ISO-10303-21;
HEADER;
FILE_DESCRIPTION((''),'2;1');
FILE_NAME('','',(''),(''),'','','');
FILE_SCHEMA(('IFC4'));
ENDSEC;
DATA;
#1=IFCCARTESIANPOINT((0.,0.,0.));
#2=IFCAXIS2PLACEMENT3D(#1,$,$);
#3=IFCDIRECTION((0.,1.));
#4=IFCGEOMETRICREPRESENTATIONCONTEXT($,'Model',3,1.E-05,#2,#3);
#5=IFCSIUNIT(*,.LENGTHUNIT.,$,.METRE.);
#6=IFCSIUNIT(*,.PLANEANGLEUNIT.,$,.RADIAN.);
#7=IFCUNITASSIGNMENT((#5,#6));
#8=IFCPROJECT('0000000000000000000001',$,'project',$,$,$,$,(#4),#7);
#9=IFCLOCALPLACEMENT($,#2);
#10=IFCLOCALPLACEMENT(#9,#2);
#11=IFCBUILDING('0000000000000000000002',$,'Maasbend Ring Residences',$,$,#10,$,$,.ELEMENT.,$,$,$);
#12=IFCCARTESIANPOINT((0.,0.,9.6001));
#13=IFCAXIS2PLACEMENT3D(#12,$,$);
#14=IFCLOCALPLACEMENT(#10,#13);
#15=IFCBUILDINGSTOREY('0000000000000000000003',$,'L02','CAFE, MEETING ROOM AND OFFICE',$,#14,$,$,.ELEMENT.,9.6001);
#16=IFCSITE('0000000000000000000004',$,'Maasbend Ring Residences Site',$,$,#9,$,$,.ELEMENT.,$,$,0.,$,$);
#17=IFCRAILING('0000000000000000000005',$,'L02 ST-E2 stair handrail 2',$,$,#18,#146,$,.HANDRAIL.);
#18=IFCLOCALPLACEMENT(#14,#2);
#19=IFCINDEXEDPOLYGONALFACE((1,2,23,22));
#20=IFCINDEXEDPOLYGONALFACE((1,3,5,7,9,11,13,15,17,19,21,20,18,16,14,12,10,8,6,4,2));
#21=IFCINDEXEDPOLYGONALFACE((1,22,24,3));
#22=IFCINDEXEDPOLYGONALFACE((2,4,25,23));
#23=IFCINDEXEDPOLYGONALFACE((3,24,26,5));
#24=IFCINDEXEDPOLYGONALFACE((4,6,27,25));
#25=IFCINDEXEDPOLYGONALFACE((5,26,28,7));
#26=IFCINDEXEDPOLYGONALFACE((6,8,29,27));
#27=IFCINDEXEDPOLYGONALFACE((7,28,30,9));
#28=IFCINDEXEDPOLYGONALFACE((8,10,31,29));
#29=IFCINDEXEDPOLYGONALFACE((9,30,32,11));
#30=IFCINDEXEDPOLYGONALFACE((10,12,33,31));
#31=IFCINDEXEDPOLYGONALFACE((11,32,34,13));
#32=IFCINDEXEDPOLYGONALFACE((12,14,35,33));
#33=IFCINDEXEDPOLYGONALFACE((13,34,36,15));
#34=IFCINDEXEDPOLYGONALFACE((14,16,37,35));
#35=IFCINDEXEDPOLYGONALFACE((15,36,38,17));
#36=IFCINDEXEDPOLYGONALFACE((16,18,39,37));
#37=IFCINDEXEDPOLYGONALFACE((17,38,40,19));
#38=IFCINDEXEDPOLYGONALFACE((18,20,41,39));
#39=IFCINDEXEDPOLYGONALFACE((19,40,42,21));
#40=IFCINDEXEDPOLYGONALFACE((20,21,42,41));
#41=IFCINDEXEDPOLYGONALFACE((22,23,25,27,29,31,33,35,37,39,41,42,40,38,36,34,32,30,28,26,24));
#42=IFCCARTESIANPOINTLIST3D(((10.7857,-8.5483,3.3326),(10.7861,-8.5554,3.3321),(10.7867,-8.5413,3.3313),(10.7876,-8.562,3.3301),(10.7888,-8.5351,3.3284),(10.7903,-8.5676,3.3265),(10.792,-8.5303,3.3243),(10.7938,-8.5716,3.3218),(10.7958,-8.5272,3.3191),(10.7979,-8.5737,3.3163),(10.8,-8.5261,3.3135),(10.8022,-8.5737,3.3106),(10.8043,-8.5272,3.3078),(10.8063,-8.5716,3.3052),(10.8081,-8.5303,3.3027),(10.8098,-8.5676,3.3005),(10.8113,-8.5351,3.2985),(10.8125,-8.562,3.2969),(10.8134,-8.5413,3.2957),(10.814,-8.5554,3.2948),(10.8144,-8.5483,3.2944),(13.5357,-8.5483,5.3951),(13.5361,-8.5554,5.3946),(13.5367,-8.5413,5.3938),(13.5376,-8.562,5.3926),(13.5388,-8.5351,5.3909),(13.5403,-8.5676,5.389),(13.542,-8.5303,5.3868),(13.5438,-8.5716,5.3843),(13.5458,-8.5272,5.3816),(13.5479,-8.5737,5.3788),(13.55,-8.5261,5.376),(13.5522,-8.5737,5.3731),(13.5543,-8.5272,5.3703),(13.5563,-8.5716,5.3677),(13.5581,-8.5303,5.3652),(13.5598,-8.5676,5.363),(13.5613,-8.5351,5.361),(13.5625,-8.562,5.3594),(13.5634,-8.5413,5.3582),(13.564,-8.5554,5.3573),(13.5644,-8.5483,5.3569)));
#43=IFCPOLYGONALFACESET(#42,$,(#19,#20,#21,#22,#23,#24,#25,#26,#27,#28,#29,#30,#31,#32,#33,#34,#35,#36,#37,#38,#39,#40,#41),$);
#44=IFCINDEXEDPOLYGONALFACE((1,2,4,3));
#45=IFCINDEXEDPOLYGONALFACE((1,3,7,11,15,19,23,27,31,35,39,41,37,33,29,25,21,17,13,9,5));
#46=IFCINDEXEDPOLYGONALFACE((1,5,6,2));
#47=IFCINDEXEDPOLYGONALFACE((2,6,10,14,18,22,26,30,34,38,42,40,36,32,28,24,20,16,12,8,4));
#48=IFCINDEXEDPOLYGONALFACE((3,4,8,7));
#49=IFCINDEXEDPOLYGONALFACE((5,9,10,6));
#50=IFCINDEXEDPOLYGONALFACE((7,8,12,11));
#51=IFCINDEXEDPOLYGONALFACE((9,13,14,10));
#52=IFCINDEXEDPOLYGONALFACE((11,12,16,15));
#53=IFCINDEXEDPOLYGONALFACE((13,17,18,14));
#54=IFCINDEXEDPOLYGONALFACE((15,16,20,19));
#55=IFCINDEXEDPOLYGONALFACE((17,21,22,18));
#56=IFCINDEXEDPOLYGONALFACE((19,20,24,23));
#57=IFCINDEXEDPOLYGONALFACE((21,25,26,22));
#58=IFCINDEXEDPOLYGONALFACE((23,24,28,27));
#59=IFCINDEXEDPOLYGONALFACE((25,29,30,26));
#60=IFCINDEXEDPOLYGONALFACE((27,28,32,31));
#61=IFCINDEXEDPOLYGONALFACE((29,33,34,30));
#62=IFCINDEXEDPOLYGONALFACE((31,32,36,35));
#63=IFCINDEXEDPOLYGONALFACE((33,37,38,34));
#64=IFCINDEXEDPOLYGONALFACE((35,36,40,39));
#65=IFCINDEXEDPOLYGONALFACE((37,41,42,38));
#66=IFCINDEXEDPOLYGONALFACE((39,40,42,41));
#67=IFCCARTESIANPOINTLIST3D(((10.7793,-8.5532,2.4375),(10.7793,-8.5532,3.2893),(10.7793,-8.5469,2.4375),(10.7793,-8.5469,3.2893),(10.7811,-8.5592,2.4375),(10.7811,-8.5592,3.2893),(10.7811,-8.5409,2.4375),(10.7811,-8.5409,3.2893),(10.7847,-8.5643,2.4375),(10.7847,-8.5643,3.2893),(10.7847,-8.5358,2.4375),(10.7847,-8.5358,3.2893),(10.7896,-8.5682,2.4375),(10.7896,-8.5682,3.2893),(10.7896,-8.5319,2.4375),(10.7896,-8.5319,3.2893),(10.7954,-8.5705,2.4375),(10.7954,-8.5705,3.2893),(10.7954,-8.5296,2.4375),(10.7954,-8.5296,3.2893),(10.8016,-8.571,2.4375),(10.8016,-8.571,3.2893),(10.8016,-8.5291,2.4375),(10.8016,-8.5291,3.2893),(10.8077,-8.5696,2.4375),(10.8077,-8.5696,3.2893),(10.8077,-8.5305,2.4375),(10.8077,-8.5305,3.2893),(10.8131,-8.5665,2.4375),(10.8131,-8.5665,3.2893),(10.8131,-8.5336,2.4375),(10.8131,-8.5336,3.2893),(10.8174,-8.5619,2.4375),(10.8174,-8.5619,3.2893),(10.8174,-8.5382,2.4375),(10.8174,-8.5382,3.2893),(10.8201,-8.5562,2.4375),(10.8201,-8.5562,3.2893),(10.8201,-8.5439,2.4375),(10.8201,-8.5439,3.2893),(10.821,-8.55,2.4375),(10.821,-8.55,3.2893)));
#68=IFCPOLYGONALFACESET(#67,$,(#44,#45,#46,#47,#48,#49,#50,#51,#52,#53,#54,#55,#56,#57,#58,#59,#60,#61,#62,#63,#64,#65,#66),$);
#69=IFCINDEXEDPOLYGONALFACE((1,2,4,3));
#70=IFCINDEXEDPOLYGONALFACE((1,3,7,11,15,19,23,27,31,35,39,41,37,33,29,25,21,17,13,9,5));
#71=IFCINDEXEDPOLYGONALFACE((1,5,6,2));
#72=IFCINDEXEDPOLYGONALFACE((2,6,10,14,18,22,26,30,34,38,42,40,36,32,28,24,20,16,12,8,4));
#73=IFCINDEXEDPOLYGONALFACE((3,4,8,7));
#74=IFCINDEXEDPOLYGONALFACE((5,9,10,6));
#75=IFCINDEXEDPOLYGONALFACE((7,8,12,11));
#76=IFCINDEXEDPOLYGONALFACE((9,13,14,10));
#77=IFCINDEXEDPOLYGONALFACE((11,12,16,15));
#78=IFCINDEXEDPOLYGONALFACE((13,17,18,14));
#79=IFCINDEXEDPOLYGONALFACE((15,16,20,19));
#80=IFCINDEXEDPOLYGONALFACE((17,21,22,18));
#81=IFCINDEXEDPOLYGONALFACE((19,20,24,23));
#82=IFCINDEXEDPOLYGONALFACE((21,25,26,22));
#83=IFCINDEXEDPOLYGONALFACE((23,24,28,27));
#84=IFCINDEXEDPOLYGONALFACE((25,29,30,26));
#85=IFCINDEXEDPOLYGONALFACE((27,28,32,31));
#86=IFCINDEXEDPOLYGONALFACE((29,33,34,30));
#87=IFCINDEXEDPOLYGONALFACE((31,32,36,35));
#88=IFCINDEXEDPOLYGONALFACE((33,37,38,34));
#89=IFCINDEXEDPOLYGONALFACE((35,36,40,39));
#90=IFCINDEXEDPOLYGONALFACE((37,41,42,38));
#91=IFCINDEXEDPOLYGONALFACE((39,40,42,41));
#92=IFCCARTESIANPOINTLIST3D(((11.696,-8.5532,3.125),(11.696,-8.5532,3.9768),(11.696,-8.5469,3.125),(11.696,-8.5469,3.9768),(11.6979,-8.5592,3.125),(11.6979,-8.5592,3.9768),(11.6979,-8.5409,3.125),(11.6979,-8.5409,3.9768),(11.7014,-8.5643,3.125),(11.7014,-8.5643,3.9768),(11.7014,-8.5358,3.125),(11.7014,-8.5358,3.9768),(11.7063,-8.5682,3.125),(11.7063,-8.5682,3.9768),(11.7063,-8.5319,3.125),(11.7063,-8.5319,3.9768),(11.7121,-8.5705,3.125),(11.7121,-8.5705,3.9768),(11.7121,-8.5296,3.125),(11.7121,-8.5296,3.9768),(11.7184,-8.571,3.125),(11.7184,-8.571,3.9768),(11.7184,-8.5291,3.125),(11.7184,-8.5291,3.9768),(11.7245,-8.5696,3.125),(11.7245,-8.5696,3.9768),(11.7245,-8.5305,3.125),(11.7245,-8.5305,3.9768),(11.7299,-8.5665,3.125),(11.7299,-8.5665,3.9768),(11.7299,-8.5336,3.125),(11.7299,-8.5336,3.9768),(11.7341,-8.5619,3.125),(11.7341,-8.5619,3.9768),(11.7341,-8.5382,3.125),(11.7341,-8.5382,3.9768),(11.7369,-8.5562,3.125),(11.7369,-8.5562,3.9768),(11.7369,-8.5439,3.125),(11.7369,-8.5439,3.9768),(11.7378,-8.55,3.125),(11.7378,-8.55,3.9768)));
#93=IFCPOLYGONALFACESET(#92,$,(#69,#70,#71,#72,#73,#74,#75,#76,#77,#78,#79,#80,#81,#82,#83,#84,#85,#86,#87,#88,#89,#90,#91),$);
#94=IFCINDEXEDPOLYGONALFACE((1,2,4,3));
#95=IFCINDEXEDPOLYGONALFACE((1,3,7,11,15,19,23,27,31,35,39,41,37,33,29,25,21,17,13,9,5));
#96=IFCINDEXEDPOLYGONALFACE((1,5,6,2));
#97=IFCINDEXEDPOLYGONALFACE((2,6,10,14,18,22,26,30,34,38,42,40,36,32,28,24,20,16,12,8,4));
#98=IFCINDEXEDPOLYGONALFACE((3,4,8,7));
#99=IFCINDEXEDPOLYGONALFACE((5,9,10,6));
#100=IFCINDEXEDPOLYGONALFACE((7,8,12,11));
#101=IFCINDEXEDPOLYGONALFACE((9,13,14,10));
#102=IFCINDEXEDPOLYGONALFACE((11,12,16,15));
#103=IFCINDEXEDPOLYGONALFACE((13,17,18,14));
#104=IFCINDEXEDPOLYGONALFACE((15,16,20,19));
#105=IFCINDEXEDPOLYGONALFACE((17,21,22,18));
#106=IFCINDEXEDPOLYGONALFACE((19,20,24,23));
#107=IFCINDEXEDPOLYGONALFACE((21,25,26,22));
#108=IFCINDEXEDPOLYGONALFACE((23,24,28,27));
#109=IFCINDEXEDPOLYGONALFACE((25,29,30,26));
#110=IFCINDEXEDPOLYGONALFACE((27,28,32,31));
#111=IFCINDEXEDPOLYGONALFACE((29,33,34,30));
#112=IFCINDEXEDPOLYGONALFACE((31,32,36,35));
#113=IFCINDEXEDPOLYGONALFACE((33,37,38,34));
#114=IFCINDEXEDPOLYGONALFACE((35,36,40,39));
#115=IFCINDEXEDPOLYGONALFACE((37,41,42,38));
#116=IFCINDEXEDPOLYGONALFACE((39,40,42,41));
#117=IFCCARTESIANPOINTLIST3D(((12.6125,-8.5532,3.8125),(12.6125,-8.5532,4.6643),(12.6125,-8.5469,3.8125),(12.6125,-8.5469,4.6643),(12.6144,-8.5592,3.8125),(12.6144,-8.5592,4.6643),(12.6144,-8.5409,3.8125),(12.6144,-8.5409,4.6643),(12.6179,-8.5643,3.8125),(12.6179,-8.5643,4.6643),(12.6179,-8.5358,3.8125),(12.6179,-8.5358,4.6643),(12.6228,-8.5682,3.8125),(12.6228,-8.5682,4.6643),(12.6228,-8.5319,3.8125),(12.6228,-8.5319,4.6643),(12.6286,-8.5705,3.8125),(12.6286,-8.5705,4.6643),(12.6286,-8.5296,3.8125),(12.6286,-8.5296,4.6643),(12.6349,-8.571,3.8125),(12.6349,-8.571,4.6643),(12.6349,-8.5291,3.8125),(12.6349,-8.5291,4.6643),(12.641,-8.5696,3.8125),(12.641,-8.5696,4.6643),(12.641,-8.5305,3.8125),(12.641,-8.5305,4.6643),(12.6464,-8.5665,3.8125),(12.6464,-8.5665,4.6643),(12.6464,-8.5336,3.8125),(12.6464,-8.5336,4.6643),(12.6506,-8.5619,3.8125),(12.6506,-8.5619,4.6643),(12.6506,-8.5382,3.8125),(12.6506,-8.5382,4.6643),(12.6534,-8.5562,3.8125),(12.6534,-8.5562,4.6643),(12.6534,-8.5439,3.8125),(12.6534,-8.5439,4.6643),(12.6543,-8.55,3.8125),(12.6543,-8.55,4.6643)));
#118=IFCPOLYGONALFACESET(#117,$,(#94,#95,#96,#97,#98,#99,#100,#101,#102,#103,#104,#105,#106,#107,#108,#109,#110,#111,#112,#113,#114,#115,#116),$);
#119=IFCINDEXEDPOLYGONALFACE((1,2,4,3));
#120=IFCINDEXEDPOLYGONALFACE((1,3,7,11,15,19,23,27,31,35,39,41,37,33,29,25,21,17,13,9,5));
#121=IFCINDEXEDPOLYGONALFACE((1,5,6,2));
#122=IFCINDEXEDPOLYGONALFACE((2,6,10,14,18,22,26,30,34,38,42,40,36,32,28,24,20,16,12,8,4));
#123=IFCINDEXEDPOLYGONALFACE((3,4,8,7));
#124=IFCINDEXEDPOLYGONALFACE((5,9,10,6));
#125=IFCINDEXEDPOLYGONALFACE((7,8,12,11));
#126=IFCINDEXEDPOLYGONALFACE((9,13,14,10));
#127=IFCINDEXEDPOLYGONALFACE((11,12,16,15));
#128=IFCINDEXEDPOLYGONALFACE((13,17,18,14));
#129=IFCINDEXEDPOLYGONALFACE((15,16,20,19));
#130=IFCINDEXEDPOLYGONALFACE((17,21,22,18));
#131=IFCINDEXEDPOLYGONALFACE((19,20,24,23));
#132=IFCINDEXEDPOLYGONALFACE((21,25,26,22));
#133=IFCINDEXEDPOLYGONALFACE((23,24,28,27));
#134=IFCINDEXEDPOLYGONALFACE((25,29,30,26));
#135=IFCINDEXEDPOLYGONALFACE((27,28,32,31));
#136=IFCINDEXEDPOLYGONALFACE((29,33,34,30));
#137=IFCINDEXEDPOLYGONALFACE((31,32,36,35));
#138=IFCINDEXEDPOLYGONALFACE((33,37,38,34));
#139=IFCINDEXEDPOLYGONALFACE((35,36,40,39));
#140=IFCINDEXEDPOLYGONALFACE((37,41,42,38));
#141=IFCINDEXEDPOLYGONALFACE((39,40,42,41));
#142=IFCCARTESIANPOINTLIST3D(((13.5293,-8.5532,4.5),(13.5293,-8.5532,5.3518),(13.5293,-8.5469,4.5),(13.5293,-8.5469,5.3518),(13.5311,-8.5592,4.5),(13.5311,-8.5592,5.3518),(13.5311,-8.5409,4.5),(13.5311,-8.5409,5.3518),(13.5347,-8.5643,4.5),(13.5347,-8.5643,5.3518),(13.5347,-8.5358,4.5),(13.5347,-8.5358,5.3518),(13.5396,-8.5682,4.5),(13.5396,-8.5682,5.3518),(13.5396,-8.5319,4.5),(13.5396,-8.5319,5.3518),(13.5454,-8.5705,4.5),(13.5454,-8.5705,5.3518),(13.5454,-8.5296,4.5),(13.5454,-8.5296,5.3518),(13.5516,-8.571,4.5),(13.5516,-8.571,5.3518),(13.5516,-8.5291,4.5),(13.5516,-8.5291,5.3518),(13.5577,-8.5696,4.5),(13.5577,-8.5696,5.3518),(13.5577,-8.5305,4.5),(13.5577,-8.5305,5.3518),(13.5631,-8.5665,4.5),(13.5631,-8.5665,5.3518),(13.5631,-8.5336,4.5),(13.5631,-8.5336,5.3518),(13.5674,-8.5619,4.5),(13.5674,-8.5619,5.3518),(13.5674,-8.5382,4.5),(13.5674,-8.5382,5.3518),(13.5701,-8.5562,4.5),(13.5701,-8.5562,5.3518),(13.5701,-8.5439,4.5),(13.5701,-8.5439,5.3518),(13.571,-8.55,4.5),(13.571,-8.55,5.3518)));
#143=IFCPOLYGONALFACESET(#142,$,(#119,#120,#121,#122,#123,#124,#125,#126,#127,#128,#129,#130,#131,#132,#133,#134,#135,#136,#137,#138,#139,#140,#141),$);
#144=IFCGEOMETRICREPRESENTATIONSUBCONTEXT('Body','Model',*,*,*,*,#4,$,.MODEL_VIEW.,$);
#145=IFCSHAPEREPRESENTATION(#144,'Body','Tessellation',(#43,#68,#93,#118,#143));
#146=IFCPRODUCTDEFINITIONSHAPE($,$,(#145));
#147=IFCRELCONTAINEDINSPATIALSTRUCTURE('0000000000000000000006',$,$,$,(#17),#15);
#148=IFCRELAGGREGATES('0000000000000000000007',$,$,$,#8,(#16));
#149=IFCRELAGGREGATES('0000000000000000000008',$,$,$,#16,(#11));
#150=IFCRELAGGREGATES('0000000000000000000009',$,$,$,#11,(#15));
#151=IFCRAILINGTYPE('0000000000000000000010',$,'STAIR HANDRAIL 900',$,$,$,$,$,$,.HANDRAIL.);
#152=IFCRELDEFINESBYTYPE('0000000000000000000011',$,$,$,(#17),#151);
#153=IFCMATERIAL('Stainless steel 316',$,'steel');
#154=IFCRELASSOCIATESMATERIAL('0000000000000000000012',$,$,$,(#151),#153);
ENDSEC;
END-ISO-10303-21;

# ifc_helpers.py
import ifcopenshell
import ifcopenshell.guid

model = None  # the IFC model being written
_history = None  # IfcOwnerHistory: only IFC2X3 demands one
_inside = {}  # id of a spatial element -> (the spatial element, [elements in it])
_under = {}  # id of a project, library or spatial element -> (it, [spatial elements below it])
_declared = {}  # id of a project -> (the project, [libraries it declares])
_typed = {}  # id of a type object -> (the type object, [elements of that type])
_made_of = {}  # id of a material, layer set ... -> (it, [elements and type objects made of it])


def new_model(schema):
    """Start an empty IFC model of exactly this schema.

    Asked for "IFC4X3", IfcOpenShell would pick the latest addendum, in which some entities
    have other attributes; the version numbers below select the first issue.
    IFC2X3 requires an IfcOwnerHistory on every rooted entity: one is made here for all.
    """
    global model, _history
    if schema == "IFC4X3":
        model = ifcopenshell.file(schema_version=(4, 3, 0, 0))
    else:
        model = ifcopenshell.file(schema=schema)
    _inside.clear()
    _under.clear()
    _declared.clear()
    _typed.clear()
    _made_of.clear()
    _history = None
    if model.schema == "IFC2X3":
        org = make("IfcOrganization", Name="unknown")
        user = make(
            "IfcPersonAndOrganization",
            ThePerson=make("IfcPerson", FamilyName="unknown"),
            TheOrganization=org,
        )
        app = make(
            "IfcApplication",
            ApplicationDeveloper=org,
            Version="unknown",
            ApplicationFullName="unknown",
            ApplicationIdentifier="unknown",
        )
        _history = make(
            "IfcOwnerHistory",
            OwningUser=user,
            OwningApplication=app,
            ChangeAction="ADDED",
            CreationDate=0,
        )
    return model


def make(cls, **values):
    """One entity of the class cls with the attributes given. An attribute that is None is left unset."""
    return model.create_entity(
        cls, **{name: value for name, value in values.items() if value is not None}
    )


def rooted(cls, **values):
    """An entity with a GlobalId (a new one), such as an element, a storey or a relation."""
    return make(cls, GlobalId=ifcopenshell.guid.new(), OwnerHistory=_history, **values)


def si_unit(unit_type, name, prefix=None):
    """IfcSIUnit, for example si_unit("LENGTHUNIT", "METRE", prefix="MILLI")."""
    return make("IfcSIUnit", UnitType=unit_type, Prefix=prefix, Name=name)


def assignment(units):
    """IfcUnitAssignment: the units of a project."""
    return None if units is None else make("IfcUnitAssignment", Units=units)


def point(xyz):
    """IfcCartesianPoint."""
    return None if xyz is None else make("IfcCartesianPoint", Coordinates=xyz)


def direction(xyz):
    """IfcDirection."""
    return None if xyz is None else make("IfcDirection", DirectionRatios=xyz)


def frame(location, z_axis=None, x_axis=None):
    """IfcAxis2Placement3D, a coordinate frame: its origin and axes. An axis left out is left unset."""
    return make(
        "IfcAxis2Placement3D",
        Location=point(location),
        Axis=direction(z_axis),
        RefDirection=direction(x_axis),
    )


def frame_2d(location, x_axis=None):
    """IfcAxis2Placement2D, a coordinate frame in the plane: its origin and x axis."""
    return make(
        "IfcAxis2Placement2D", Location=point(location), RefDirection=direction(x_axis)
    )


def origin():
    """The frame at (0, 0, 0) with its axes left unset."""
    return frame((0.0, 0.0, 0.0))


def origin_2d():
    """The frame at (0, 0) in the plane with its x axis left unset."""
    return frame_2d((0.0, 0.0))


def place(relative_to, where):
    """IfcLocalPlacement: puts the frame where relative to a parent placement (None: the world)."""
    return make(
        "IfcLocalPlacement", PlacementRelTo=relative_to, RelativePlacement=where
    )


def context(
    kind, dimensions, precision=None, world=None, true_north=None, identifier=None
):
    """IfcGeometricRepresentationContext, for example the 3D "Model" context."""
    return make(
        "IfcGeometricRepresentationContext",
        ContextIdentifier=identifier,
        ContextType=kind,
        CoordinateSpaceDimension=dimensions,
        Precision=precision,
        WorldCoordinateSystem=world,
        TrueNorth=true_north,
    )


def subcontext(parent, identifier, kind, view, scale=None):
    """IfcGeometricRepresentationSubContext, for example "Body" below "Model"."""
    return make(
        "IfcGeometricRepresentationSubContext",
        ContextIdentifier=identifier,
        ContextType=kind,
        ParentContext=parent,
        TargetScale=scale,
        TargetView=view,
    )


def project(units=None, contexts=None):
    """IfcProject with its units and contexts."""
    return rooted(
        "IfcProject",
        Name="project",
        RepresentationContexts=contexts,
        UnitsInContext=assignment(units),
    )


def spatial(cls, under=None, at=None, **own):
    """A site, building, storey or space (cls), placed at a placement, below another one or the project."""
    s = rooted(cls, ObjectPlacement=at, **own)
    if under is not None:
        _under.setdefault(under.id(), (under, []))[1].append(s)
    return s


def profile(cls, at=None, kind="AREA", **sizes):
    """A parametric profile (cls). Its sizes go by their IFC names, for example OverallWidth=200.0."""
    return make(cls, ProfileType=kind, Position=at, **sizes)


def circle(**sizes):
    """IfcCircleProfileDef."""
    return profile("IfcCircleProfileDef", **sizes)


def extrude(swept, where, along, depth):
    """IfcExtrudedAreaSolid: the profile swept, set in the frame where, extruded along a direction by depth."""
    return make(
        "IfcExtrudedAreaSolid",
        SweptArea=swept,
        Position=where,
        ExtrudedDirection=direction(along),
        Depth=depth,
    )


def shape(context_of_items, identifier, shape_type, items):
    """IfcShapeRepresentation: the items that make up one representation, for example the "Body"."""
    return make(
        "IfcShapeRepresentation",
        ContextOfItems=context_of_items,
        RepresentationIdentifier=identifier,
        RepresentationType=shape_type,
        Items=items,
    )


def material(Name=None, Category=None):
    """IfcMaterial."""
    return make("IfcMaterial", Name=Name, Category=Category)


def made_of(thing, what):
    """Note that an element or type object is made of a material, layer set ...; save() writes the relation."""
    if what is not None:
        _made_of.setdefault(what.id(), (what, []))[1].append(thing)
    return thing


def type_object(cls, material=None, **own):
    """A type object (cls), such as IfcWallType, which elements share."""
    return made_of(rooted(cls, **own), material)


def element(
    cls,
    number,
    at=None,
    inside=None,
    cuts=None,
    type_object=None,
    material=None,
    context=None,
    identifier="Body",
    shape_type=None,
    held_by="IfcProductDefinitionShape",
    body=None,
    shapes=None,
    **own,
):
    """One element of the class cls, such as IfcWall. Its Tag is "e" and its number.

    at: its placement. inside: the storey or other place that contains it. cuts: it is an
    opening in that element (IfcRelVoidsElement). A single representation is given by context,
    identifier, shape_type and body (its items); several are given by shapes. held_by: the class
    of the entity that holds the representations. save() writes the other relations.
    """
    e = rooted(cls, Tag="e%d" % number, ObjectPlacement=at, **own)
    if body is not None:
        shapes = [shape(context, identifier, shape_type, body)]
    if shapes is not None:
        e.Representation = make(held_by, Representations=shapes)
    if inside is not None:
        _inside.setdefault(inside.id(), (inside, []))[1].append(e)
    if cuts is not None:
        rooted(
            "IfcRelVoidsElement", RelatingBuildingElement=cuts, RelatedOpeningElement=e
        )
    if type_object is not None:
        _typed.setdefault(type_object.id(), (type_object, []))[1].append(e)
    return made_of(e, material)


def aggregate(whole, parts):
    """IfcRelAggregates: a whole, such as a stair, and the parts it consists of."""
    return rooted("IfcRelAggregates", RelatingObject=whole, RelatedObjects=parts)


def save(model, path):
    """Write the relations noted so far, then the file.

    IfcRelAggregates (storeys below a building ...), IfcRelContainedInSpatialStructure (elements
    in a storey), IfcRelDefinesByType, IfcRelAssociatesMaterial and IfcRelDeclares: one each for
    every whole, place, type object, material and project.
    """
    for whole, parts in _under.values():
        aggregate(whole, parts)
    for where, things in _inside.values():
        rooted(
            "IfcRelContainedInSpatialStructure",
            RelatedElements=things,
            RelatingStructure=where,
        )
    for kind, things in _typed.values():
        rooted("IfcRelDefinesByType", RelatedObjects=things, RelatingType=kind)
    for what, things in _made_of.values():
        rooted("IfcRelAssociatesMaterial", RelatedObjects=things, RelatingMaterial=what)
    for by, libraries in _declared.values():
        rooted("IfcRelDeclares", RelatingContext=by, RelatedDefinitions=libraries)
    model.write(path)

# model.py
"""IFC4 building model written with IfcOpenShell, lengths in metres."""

from ifc_helpers import new_model, si_unit, direction, frame, origin, origin_2d, place, context, subcontext, project, spatial, circle, extrude, material, type_object, element, save


model = new_model("IFC4")

# Units and contexts
model_context = context("Model", 3, precision=1e-05, world=origin(), true_north=direction((0.0, 1.0)))
body_context = subcontext(model_context, "Body", "Model", "MODEL_VIEW")
ifc_project = project(units=[si_unit("LENGTHUNIT", "METRE"), si_unit("PLANEANGLEUNIT", "RADIAN")], contexts=[model_context])

# Site, building, storey
site_placement = place(None, origin())
site = spatial("IfcSite", under=ifc_project, at=site_placement, Name="Maasbend Ring Residences Site", CompositionType="ELEMENT", RefElevation=0.0)
building_placement = place(site_placement, origin())
building = spatial("IfcBuilding", under=site, at=building_placement, Name="Maasbend Ring Residences", CompositionType="ELEMENT")
storey_placement = place(building_placement, frame((0.0, 0.0, 9.6001)))
storey = spatial("IfcBuildingStorey", under=building, at=storey_placement, Name="L02", Description="CAFE, MEETING ROOM AND OFFICE", CompositionType="ELEMENT", Elevation=9.6001)

# Railing
ifc_material_1 = material(Name="Stainless steel 316", Category="steel")
railing_type_1 = type_object("IfcRailingType", Name="STAIR HANDRAIL 900", PredefinedType="HANDRAIL", material=ifc_material_1)
railing_1_placement = place(storey_placement, frame((10.8, -8.55, 2.4375)))
element("IfcRailing", 1, at=railing_1_placement, inside=storey, type_object=railing_type_1, Name="L02 ST-E2 stair handrail 2", PredefinedType="HANDRAIL", context=body_context, shape_type="SweptSolid", body=[
    extrude(circle(Radius=0.0239, at=origin_2d()), frame((0.0, 0.0, 0.876), z_axis=(0.8, 0.0, 0.6), x_axis=(0.0, 1.0, 0.0)), (0.0, 0.0, 1.0), 3.4375),
    extrude(circle(Radius=0.021, at=origin_2d()), origin(), (0.0, 0.0, 1.0), 0.8518),
    extrude(circle(Radius=0.021, at=origin_2d()), frame((0.9167, 0.0, 0.6875)), (0.0, 0.0, 1.0), 0.8518),
    extrude(circle(Radius=0.021, at=origin_2d()), frame((1.8333, 0.0, 1.375)), (0.0, 0.0, 1.0), 0.8518),
    extrude(circle(Radius=0.021, at=origin_2d()), frame((2.75, 0.0, 2.0625)), (0.0, 0.0, 1.0), 0.8518),
])

save(model, "model.ifc")
